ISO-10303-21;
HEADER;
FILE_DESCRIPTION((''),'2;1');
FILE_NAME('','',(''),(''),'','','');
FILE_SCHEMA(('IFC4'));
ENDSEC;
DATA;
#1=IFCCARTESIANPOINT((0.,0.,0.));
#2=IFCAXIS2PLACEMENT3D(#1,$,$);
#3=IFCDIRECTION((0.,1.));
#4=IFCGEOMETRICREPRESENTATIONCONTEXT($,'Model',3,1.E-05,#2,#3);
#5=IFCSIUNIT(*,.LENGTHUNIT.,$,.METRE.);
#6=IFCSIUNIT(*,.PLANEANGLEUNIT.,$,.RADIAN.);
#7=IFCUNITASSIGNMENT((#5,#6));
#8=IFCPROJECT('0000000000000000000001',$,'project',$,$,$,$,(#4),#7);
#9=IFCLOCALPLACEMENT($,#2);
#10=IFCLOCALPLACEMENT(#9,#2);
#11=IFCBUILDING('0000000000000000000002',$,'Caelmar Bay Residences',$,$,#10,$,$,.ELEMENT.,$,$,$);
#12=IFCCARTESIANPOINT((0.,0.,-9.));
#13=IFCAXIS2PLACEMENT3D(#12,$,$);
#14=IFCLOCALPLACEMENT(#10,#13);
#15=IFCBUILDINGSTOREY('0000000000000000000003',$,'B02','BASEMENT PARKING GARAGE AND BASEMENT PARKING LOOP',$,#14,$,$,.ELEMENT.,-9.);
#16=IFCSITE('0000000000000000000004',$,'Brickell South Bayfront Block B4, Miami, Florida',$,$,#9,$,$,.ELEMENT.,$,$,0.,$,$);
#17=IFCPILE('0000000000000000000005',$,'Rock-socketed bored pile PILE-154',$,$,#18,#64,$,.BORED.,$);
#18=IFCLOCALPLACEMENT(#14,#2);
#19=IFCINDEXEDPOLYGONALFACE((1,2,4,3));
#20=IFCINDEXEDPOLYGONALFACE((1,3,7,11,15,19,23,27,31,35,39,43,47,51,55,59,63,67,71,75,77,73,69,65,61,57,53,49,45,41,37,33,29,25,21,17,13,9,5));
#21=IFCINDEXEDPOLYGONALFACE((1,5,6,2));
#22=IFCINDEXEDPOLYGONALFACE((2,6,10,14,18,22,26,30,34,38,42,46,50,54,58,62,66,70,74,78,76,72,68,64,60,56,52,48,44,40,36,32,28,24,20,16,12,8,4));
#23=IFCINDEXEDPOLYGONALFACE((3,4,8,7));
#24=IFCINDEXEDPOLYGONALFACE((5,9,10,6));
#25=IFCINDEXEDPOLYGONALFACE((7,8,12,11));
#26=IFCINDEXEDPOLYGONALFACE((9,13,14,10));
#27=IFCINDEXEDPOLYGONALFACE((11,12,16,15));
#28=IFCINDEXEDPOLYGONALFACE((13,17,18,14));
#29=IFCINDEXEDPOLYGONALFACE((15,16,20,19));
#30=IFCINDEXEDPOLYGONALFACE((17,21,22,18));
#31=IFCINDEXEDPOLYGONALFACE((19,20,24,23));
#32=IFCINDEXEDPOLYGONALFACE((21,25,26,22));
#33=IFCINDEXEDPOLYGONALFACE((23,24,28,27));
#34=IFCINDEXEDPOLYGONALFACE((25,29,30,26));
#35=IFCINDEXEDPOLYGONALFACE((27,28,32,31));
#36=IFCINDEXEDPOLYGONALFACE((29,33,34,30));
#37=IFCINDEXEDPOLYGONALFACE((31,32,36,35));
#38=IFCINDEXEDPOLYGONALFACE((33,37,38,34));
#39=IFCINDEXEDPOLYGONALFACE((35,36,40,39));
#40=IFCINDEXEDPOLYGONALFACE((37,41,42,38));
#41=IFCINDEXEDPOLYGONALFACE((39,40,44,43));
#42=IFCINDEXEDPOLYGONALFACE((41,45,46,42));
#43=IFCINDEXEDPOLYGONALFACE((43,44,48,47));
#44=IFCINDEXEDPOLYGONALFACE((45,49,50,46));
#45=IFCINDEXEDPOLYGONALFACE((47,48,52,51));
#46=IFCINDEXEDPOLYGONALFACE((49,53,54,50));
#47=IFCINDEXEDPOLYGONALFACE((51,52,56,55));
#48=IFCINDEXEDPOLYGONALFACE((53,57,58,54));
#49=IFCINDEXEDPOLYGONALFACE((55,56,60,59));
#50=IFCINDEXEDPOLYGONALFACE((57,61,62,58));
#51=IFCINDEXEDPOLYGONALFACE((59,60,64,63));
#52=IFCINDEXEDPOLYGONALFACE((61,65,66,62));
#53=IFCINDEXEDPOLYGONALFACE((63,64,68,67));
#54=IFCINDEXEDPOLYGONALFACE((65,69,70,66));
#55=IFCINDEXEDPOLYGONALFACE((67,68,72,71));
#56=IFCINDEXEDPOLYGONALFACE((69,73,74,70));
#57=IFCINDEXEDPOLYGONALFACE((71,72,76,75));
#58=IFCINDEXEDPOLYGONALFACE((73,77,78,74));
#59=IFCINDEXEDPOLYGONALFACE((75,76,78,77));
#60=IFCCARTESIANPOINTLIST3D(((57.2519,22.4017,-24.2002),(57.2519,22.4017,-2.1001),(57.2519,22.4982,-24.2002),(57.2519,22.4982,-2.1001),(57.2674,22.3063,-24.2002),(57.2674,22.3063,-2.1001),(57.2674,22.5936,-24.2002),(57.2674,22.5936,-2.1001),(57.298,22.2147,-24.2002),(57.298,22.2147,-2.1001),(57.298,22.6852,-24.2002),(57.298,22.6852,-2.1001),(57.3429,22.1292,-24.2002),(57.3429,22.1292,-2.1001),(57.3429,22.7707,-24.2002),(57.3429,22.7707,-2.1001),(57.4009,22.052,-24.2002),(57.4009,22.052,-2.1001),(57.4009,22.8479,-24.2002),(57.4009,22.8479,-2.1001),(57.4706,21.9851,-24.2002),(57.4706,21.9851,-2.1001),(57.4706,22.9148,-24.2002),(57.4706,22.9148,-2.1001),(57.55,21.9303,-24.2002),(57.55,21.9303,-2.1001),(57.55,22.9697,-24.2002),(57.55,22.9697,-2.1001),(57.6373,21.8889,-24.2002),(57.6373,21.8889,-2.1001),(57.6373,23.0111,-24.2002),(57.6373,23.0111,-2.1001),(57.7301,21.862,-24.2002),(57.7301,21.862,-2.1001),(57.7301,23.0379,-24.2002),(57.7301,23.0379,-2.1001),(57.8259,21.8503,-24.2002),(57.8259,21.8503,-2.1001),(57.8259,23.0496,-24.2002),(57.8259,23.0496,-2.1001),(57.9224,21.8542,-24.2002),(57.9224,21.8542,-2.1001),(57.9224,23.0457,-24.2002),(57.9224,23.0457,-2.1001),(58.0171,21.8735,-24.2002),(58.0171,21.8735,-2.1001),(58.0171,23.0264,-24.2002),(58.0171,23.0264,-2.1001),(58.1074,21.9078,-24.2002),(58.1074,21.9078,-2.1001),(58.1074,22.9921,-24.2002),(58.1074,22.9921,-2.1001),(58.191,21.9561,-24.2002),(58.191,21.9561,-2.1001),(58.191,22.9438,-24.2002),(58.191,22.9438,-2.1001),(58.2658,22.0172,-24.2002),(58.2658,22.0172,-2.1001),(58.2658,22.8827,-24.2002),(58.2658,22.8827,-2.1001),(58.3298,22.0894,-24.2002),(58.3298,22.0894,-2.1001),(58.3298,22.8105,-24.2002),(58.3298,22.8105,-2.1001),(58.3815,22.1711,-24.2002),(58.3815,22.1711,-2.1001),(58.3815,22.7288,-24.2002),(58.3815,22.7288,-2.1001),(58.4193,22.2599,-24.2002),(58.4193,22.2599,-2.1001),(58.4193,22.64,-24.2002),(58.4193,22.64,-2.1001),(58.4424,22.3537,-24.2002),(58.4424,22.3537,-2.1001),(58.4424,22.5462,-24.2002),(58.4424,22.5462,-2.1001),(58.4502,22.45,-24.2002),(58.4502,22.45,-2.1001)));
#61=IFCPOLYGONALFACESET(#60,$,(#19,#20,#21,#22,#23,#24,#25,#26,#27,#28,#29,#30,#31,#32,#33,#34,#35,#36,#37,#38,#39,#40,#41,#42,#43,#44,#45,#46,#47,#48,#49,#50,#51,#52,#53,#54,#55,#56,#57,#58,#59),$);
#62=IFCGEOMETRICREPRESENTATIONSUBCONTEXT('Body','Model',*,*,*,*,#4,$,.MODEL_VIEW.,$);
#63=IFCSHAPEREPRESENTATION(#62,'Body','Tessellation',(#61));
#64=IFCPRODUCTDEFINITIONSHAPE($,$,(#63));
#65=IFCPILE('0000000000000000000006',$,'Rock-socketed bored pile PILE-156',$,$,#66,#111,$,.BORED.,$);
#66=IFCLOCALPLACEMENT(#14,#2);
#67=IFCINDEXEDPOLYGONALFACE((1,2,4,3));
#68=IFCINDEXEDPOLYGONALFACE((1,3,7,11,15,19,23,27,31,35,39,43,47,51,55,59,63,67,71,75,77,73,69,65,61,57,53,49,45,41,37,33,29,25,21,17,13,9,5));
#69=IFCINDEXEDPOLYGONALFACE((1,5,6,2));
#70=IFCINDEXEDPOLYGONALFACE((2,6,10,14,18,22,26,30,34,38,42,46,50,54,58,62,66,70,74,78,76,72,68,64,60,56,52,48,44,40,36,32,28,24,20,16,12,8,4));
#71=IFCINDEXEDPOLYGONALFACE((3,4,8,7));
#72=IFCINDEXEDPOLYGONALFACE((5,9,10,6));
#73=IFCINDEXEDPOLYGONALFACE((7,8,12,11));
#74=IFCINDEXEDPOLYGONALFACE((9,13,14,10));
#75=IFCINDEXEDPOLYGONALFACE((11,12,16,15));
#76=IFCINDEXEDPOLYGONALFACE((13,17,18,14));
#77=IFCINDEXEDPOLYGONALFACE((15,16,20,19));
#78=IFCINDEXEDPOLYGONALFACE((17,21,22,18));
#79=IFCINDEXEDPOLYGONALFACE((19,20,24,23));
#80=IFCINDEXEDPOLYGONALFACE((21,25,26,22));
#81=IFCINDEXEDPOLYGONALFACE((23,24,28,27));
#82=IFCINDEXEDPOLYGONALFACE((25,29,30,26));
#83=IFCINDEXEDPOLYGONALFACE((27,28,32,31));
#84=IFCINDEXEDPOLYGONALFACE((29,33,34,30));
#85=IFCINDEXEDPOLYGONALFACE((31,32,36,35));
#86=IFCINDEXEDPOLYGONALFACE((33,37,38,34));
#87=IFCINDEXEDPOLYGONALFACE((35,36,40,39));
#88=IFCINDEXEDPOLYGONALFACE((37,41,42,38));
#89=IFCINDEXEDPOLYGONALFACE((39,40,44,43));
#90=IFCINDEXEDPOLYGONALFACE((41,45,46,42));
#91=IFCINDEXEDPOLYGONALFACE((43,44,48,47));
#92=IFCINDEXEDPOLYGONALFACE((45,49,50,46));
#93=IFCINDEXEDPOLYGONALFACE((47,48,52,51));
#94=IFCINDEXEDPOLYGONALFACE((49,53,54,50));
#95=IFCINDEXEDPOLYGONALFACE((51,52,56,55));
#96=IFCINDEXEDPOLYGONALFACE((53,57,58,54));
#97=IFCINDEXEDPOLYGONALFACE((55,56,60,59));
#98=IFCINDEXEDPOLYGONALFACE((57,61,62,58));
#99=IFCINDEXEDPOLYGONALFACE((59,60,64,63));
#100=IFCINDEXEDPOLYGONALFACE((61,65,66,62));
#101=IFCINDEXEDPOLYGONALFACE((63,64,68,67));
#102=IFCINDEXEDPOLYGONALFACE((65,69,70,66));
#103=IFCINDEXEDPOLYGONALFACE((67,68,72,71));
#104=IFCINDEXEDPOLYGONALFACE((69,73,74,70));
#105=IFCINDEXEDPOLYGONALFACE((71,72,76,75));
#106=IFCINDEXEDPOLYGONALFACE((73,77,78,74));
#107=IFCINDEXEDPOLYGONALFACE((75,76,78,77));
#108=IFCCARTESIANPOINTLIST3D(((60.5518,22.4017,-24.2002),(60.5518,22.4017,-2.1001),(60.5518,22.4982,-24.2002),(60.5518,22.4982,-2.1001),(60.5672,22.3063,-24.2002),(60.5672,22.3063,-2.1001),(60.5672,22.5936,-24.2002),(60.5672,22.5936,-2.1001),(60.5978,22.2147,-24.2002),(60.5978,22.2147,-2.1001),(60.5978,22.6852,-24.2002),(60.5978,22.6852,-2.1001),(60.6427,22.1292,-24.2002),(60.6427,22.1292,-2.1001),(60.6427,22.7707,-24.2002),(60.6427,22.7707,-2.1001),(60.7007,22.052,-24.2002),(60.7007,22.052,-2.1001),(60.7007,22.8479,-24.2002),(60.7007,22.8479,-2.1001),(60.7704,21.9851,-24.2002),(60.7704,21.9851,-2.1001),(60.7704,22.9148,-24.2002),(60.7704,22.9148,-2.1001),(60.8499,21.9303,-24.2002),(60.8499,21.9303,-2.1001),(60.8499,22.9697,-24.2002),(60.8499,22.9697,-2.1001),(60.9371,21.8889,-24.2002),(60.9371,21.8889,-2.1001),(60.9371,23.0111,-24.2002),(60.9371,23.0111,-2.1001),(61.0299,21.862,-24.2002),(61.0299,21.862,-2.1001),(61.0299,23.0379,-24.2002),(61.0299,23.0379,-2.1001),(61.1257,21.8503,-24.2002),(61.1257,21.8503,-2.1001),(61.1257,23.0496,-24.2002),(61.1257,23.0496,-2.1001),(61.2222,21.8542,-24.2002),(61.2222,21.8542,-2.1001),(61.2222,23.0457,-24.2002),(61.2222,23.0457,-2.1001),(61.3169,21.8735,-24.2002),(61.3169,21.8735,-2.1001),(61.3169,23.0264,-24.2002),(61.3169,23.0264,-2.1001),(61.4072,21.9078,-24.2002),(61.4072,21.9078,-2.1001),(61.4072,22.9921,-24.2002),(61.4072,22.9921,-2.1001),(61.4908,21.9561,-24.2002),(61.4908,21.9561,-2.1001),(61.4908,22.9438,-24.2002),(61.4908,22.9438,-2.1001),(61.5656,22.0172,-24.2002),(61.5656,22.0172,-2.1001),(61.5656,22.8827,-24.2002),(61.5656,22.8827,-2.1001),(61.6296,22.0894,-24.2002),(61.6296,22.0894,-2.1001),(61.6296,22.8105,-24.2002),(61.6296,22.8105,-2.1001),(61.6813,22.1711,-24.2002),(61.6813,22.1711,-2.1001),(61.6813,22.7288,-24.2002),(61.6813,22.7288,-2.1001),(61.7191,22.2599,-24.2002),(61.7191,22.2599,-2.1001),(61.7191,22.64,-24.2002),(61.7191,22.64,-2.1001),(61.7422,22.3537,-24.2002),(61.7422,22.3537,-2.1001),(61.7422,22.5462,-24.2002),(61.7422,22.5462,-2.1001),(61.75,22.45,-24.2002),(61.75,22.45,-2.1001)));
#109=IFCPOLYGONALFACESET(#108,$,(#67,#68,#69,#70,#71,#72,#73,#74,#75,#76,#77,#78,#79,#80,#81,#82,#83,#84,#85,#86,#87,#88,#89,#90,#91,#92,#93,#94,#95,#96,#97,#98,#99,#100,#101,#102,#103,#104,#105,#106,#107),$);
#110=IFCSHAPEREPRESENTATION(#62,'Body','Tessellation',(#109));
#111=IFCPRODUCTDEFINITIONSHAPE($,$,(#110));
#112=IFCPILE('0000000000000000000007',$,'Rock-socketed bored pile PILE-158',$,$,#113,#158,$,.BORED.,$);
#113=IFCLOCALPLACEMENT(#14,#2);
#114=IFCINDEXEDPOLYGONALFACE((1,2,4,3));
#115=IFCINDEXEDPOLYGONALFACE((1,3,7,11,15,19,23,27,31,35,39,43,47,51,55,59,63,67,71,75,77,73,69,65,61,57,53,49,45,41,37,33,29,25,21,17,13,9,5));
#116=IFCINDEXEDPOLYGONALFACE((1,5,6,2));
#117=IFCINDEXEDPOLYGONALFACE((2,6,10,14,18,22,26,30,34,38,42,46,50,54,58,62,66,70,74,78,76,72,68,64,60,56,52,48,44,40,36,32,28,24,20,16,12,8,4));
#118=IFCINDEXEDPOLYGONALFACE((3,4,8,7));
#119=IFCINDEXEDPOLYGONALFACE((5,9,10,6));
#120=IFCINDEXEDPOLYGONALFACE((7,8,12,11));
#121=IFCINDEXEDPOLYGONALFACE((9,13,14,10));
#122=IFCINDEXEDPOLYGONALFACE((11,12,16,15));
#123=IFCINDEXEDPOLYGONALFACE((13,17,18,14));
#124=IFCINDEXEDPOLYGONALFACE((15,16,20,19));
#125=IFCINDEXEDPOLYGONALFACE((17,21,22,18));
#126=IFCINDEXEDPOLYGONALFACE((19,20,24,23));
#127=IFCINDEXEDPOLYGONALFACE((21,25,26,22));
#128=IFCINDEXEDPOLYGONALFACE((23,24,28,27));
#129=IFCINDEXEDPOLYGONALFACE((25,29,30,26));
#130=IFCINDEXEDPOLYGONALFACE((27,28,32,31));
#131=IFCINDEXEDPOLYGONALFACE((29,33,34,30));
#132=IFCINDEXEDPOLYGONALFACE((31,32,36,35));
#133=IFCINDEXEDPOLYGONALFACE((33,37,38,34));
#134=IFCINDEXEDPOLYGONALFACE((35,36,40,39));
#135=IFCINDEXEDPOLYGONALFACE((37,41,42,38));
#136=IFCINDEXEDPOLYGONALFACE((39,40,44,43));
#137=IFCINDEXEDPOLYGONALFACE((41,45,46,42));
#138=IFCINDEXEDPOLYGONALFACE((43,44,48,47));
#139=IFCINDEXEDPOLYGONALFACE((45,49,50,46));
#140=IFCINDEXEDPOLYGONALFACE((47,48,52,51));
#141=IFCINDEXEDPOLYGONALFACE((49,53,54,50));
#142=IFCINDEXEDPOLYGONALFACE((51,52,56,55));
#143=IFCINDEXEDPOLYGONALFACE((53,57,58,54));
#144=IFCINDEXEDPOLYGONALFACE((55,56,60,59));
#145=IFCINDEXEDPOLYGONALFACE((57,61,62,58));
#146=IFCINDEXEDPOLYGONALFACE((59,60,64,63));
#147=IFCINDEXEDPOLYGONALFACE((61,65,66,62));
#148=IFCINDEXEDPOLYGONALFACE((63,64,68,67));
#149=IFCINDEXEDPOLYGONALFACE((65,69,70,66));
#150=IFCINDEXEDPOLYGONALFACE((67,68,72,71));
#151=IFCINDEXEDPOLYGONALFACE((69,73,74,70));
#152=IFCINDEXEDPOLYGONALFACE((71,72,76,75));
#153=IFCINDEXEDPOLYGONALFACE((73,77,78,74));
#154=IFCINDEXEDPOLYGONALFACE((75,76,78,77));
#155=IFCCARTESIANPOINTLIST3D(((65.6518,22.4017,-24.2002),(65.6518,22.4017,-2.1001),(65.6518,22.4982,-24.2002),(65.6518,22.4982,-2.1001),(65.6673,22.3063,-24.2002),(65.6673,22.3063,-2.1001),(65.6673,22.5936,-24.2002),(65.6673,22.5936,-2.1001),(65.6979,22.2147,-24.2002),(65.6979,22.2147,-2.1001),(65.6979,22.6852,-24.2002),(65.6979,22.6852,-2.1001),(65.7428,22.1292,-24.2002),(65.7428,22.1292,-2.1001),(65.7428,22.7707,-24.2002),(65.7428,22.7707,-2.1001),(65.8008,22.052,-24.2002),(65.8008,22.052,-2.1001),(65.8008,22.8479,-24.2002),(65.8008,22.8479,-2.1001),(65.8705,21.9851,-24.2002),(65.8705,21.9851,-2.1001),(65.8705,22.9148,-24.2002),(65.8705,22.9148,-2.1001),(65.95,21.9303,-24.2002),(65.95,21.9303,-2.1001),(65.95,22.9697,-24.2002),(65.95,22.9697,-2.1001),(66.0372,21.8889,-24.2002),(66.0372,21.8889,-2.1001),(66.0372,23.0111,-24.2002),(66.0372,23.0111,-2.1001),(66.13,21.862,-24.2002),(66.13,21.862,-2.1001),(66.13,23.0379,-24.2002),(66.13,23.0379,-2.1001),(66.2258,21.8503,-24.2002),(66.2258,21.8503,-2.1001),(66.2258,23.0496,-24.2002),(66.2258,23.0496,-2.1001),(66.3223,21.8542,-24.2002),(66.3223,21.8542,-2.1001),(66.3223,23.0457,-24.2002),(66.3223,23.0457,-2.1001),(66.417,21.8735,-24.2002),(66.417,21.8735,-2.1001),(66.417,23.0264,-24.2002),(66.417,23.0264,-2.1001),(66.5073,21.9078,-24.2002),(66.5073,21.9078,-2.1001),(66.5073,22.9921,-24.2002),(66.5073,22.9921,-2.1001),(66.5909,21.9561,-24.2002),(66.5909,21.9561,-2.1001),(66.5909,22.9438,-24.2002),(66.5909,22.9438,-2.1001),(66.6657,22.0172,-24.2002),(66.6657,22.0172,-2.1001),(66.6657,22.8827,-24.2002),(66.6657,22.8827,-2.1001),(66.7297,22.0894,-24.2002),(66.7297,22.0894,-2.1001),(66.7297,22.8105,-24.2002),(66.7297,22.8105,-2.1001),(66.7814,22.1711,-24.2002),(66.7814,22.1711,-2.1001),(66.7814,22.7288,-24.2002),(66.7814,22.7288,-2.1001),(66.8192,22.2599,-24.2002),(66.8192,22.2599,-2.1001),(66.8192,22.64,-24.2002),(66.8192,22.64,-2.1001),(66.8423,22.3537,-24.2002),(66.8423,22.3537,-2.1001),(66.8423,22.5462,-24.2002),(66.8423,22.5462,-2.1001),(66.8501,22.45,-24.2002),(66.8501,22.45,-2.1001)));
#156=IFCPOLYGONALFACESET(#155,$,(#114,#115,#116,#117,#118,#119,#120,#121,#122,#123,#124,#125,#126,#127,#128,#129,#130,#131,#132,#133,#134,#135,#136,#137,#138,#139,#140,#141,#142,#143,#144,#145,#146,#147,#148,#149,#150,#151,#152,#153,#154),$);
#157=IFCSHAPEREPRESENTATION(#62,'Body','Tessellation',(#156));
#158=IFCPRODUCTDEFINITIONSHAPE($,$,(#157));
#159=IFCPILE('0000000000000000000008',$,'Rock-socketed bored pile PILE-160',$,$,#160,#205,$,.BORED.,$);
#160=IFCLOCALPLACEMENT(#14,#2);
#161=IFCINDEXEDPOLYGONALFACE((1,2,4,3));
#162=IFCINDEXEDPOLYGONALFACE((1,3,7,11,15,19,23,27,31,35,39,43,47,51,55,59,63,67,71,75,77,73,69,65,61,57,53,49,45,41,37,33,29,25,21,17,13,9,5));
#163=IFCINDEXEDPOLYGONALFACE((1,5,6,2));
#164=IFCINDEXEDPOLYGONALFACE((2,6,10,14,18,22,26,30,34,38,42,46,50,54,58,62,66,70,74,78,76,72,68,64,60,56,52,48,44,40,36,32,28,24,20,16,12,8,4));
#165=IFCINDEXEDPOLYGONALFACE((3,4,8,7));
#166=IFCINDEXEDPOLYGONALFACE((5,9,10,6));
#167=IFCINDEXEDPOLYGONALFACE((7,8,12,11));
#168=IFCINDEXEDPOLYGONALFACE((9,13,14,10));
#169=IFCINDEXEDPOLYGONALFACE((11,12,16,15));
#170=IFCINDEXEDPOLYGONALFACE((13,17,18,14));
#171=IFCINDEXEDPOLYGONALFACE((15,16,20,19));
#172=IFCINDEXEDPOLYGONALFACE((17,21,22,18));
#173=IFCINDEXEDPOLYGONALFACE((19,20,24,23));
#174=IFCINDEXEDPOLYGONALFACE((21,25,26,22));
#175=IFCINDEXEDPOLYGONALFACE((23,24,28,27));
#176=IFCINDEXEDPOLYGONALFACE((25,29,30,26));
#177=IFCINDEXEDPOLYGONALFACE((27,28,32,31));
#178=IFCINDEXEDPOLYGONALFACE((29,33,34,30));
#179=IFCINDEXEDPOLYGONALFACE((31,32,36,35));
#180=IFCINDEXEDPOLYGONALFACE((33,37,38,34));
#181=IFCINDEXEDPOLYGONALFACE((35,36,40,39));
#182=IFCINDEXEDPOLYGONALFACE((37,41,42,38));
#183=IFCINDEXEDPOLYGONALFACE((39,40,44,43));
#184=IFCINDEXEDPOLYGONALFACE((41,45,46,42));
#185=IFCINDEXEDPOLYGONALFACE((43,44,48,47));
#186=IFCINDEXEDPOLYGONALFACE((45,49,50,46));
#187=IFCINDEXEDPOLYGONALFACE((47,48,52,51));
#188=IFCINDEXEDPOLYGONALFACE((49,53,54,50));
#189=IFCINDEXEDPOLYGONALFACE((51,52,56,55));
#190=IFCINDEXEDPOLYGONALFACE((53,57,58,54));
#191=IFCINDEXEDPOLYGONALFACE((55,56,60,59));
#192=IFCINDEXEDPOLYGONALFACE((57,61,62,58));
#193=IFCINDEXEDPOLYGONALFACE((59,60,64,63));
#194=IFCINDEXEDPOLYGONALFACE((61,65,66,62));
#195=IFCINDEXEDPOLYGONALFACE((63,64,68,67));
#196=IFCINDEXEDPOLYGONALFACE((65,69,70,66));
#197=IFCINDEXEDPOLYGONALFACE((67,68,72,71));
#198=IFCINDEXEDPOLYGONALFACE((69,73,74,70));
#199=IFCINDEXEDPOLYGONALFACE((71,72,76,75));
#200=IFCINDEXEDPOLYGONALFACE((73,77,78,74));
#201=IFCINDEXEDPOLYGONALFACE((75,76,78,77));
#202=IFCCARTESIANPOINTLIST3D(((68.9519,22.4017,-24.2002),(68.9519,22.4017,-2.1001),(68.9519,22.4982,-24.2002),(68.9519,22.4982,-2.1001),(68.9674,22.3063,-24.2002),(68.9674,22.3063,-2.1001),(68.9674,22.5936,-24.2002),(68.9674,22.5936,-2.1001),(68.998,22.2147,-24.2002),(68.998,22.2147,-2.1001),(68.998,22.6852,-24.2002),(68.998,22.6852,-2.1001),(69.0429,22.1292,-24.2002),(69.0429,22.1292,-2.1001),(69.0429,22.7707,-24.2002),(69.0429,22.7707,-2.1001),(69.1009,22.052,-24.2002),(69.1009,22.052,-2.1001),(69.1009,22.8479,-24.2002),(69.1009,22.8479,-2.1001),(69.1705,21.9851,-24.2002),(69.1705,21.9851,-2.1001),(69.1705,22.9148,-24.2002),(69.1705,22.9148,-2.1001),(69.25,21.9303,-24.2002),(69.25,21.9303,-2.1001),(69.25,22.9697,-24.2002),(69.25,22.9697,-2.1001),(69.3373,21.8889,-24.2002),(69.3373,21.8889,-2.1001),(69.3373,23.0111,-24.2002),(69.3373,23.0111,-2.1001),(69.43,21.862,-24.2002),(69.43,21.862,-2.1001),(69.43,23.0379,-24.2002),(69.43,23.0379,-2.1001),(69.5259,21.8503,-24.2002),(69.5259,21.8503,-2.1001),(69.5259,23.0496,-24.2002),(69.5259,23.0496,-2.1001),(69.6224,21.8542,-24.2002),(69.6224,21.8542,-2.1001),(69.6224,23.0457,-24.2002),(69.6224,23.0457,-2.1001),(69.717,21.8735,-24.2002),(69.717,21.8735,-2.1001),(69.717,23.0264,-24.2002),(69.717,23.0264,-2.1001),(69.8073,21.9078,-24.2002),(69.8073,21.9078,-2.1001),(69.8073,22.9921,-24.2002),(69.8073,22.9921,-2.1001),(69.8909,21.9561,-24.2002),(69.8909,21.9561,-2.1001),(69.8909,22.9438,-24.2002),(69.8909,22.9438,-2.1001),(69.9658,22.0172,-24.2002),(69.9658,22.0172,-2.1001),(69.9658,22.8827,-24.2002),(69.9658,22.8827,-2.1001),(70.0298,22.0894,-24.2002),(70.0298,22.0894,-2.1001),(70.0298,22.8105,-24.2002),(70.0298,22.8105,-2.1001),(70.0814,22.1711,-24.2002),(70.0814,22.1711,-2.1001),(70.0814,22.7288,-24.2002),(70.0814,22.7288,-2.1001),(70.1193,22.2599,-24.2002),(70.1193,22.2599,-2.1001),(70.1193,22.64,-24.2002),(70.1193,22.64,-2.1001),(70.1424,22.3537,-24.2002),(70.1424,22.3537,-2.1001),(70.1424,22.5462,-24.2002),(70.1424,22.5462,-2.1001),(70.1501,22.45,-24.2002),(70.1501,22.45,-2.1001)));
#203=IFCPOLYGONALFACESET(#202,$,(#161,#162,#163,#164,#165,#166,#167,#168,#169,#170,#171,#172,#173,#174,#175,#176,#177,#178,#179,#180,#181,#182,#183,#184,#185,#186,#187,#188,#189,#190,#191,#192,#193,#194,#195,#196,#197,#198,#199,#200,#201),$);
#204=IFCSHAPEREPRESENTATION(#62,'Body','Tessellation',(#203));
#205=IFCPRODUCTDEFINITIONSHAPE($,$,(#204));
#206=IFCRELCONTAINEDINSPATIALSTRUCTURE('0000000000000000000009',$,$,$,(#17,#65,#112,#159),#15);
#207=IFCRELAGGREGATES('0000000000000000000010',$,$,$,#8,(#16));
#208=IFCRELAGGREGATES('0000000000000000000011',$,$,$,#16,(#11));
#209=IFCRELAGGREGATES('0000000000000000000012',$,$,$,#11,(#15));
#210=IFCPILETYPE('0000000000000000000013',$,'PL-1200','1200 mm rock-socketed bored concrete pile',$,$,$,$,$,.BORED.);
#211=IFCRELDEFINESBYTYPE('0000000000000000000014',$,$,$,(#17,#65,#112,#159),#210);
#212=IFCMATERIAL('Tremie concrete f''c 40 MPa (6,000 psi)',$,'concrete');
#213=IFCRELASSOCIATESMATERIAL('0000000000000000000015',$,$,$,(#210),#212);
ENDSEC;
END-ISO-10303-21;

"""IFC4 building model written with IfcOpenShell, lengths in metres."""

from ifc_helpers import new_model, si_unit, direction, frame, origin, origin_2d, place, context, subcontext, project, spatial, circle, extrude, material, material_profile, profile_set, type_object, element, save


model = new_model("IFC4")

# Units and contexts
model_context = context("Model", 3, precision=1e-05, world=origin(), true_north=direction((0.0, 1.0)))
body_context = subcontext(model_context, "Body", "Model", "MODEL_VIEW")
ifc_project = project(units=[si_unit("LENGTHUNIT", "METRE"), si_unit("PLANEANGLEUNIT", "RADIAN")], contexts=[model_context])

# Site, building, storey
site_placement = place(None, origin())
site = spatial("IfcSite", under=ifc_project, at=site_placement, Name="Brickell South Bayfront Block B4, Miami, Florida", CompositionType="ELEMENT", RefElevation=0.0)
building_placement = place(site_placement, origin())
building = spatial("IfcBuilding", under=site, at=building_placement, Name="Caelmar Bay Residences", CompositionType="ELEMENT")
storey_placement = place(building_placement, frame((0.0, 0.0, -9.0)))
storey = spatial("IfcBuildingStorey", under=building, at=storey_placement, Name="B02", Description="BASEMENT PARKING GARAGE AND BASEMENT PARKING LOOP", CompositionType="ELEMENT", Elevation=-9.0)

# Piles
ifc_material_1 = material(Name="Tremie concrete f'c 40 MPa (6,000 psi)", Category="concrete")
ifc_material_profile_1 = material_profile(ifc_material_1, circle(Radius=0.6001, at=origin_2d()), Name="PILE-1200D")
ifc_profile_set_1 = profile_set([ifc_material_profile_1], Name="Tremie concrete f'c 40 MPa (6,000 psi)")
pile_type = type_object("IfcPileType", Name="PL-1200", Description="1200 mm rock-socketed bored concrete pile", PredefinedType="BORED", material=ifc_profile_set_1)
for number, where, z_axis, x_axis, name in (
    (1, (57.8501, 22.45, -2.1001), (0.0, 0.0, -1.0), (1.0, 0.0, 0.0), "Rock-socketed bored pile PILE-154"),
    (2, (61.1499, 22.45, -2.1001), (0.0, 0.0, -1.0), (1.0, 0.0, 0.0), "Rock-socketed bored pile PILE-156"),
    (3, (66.25, 22.45, -2.1001), (0.0, 0.0, -1.0), (1.0, 0.0, 0.0), "Rock-socketed bored pile PILE-158"),
    (4, (69.55, 22.45, -2.1001), (0.0, 0.0, -1.0), (1.0, 0.0, 0.0), "Rock-socketed bored pile PILE-160"),
):
    element("IfcPile", number, at=place(storey_placement, frame(where, z_axis=z_axis, x_axis=x_axis)), inside=storey, type_object=pile_type, Name=name, PredefinedType="BORED", context=body_context, shape_type="SweptSolid", body=[
        extrude(circle(Radius=0.6001, at=origin_2d()), origin(), (0.0, 0.0, 1.0), 22.1001),
    ])

save(model, "model.ifc")
